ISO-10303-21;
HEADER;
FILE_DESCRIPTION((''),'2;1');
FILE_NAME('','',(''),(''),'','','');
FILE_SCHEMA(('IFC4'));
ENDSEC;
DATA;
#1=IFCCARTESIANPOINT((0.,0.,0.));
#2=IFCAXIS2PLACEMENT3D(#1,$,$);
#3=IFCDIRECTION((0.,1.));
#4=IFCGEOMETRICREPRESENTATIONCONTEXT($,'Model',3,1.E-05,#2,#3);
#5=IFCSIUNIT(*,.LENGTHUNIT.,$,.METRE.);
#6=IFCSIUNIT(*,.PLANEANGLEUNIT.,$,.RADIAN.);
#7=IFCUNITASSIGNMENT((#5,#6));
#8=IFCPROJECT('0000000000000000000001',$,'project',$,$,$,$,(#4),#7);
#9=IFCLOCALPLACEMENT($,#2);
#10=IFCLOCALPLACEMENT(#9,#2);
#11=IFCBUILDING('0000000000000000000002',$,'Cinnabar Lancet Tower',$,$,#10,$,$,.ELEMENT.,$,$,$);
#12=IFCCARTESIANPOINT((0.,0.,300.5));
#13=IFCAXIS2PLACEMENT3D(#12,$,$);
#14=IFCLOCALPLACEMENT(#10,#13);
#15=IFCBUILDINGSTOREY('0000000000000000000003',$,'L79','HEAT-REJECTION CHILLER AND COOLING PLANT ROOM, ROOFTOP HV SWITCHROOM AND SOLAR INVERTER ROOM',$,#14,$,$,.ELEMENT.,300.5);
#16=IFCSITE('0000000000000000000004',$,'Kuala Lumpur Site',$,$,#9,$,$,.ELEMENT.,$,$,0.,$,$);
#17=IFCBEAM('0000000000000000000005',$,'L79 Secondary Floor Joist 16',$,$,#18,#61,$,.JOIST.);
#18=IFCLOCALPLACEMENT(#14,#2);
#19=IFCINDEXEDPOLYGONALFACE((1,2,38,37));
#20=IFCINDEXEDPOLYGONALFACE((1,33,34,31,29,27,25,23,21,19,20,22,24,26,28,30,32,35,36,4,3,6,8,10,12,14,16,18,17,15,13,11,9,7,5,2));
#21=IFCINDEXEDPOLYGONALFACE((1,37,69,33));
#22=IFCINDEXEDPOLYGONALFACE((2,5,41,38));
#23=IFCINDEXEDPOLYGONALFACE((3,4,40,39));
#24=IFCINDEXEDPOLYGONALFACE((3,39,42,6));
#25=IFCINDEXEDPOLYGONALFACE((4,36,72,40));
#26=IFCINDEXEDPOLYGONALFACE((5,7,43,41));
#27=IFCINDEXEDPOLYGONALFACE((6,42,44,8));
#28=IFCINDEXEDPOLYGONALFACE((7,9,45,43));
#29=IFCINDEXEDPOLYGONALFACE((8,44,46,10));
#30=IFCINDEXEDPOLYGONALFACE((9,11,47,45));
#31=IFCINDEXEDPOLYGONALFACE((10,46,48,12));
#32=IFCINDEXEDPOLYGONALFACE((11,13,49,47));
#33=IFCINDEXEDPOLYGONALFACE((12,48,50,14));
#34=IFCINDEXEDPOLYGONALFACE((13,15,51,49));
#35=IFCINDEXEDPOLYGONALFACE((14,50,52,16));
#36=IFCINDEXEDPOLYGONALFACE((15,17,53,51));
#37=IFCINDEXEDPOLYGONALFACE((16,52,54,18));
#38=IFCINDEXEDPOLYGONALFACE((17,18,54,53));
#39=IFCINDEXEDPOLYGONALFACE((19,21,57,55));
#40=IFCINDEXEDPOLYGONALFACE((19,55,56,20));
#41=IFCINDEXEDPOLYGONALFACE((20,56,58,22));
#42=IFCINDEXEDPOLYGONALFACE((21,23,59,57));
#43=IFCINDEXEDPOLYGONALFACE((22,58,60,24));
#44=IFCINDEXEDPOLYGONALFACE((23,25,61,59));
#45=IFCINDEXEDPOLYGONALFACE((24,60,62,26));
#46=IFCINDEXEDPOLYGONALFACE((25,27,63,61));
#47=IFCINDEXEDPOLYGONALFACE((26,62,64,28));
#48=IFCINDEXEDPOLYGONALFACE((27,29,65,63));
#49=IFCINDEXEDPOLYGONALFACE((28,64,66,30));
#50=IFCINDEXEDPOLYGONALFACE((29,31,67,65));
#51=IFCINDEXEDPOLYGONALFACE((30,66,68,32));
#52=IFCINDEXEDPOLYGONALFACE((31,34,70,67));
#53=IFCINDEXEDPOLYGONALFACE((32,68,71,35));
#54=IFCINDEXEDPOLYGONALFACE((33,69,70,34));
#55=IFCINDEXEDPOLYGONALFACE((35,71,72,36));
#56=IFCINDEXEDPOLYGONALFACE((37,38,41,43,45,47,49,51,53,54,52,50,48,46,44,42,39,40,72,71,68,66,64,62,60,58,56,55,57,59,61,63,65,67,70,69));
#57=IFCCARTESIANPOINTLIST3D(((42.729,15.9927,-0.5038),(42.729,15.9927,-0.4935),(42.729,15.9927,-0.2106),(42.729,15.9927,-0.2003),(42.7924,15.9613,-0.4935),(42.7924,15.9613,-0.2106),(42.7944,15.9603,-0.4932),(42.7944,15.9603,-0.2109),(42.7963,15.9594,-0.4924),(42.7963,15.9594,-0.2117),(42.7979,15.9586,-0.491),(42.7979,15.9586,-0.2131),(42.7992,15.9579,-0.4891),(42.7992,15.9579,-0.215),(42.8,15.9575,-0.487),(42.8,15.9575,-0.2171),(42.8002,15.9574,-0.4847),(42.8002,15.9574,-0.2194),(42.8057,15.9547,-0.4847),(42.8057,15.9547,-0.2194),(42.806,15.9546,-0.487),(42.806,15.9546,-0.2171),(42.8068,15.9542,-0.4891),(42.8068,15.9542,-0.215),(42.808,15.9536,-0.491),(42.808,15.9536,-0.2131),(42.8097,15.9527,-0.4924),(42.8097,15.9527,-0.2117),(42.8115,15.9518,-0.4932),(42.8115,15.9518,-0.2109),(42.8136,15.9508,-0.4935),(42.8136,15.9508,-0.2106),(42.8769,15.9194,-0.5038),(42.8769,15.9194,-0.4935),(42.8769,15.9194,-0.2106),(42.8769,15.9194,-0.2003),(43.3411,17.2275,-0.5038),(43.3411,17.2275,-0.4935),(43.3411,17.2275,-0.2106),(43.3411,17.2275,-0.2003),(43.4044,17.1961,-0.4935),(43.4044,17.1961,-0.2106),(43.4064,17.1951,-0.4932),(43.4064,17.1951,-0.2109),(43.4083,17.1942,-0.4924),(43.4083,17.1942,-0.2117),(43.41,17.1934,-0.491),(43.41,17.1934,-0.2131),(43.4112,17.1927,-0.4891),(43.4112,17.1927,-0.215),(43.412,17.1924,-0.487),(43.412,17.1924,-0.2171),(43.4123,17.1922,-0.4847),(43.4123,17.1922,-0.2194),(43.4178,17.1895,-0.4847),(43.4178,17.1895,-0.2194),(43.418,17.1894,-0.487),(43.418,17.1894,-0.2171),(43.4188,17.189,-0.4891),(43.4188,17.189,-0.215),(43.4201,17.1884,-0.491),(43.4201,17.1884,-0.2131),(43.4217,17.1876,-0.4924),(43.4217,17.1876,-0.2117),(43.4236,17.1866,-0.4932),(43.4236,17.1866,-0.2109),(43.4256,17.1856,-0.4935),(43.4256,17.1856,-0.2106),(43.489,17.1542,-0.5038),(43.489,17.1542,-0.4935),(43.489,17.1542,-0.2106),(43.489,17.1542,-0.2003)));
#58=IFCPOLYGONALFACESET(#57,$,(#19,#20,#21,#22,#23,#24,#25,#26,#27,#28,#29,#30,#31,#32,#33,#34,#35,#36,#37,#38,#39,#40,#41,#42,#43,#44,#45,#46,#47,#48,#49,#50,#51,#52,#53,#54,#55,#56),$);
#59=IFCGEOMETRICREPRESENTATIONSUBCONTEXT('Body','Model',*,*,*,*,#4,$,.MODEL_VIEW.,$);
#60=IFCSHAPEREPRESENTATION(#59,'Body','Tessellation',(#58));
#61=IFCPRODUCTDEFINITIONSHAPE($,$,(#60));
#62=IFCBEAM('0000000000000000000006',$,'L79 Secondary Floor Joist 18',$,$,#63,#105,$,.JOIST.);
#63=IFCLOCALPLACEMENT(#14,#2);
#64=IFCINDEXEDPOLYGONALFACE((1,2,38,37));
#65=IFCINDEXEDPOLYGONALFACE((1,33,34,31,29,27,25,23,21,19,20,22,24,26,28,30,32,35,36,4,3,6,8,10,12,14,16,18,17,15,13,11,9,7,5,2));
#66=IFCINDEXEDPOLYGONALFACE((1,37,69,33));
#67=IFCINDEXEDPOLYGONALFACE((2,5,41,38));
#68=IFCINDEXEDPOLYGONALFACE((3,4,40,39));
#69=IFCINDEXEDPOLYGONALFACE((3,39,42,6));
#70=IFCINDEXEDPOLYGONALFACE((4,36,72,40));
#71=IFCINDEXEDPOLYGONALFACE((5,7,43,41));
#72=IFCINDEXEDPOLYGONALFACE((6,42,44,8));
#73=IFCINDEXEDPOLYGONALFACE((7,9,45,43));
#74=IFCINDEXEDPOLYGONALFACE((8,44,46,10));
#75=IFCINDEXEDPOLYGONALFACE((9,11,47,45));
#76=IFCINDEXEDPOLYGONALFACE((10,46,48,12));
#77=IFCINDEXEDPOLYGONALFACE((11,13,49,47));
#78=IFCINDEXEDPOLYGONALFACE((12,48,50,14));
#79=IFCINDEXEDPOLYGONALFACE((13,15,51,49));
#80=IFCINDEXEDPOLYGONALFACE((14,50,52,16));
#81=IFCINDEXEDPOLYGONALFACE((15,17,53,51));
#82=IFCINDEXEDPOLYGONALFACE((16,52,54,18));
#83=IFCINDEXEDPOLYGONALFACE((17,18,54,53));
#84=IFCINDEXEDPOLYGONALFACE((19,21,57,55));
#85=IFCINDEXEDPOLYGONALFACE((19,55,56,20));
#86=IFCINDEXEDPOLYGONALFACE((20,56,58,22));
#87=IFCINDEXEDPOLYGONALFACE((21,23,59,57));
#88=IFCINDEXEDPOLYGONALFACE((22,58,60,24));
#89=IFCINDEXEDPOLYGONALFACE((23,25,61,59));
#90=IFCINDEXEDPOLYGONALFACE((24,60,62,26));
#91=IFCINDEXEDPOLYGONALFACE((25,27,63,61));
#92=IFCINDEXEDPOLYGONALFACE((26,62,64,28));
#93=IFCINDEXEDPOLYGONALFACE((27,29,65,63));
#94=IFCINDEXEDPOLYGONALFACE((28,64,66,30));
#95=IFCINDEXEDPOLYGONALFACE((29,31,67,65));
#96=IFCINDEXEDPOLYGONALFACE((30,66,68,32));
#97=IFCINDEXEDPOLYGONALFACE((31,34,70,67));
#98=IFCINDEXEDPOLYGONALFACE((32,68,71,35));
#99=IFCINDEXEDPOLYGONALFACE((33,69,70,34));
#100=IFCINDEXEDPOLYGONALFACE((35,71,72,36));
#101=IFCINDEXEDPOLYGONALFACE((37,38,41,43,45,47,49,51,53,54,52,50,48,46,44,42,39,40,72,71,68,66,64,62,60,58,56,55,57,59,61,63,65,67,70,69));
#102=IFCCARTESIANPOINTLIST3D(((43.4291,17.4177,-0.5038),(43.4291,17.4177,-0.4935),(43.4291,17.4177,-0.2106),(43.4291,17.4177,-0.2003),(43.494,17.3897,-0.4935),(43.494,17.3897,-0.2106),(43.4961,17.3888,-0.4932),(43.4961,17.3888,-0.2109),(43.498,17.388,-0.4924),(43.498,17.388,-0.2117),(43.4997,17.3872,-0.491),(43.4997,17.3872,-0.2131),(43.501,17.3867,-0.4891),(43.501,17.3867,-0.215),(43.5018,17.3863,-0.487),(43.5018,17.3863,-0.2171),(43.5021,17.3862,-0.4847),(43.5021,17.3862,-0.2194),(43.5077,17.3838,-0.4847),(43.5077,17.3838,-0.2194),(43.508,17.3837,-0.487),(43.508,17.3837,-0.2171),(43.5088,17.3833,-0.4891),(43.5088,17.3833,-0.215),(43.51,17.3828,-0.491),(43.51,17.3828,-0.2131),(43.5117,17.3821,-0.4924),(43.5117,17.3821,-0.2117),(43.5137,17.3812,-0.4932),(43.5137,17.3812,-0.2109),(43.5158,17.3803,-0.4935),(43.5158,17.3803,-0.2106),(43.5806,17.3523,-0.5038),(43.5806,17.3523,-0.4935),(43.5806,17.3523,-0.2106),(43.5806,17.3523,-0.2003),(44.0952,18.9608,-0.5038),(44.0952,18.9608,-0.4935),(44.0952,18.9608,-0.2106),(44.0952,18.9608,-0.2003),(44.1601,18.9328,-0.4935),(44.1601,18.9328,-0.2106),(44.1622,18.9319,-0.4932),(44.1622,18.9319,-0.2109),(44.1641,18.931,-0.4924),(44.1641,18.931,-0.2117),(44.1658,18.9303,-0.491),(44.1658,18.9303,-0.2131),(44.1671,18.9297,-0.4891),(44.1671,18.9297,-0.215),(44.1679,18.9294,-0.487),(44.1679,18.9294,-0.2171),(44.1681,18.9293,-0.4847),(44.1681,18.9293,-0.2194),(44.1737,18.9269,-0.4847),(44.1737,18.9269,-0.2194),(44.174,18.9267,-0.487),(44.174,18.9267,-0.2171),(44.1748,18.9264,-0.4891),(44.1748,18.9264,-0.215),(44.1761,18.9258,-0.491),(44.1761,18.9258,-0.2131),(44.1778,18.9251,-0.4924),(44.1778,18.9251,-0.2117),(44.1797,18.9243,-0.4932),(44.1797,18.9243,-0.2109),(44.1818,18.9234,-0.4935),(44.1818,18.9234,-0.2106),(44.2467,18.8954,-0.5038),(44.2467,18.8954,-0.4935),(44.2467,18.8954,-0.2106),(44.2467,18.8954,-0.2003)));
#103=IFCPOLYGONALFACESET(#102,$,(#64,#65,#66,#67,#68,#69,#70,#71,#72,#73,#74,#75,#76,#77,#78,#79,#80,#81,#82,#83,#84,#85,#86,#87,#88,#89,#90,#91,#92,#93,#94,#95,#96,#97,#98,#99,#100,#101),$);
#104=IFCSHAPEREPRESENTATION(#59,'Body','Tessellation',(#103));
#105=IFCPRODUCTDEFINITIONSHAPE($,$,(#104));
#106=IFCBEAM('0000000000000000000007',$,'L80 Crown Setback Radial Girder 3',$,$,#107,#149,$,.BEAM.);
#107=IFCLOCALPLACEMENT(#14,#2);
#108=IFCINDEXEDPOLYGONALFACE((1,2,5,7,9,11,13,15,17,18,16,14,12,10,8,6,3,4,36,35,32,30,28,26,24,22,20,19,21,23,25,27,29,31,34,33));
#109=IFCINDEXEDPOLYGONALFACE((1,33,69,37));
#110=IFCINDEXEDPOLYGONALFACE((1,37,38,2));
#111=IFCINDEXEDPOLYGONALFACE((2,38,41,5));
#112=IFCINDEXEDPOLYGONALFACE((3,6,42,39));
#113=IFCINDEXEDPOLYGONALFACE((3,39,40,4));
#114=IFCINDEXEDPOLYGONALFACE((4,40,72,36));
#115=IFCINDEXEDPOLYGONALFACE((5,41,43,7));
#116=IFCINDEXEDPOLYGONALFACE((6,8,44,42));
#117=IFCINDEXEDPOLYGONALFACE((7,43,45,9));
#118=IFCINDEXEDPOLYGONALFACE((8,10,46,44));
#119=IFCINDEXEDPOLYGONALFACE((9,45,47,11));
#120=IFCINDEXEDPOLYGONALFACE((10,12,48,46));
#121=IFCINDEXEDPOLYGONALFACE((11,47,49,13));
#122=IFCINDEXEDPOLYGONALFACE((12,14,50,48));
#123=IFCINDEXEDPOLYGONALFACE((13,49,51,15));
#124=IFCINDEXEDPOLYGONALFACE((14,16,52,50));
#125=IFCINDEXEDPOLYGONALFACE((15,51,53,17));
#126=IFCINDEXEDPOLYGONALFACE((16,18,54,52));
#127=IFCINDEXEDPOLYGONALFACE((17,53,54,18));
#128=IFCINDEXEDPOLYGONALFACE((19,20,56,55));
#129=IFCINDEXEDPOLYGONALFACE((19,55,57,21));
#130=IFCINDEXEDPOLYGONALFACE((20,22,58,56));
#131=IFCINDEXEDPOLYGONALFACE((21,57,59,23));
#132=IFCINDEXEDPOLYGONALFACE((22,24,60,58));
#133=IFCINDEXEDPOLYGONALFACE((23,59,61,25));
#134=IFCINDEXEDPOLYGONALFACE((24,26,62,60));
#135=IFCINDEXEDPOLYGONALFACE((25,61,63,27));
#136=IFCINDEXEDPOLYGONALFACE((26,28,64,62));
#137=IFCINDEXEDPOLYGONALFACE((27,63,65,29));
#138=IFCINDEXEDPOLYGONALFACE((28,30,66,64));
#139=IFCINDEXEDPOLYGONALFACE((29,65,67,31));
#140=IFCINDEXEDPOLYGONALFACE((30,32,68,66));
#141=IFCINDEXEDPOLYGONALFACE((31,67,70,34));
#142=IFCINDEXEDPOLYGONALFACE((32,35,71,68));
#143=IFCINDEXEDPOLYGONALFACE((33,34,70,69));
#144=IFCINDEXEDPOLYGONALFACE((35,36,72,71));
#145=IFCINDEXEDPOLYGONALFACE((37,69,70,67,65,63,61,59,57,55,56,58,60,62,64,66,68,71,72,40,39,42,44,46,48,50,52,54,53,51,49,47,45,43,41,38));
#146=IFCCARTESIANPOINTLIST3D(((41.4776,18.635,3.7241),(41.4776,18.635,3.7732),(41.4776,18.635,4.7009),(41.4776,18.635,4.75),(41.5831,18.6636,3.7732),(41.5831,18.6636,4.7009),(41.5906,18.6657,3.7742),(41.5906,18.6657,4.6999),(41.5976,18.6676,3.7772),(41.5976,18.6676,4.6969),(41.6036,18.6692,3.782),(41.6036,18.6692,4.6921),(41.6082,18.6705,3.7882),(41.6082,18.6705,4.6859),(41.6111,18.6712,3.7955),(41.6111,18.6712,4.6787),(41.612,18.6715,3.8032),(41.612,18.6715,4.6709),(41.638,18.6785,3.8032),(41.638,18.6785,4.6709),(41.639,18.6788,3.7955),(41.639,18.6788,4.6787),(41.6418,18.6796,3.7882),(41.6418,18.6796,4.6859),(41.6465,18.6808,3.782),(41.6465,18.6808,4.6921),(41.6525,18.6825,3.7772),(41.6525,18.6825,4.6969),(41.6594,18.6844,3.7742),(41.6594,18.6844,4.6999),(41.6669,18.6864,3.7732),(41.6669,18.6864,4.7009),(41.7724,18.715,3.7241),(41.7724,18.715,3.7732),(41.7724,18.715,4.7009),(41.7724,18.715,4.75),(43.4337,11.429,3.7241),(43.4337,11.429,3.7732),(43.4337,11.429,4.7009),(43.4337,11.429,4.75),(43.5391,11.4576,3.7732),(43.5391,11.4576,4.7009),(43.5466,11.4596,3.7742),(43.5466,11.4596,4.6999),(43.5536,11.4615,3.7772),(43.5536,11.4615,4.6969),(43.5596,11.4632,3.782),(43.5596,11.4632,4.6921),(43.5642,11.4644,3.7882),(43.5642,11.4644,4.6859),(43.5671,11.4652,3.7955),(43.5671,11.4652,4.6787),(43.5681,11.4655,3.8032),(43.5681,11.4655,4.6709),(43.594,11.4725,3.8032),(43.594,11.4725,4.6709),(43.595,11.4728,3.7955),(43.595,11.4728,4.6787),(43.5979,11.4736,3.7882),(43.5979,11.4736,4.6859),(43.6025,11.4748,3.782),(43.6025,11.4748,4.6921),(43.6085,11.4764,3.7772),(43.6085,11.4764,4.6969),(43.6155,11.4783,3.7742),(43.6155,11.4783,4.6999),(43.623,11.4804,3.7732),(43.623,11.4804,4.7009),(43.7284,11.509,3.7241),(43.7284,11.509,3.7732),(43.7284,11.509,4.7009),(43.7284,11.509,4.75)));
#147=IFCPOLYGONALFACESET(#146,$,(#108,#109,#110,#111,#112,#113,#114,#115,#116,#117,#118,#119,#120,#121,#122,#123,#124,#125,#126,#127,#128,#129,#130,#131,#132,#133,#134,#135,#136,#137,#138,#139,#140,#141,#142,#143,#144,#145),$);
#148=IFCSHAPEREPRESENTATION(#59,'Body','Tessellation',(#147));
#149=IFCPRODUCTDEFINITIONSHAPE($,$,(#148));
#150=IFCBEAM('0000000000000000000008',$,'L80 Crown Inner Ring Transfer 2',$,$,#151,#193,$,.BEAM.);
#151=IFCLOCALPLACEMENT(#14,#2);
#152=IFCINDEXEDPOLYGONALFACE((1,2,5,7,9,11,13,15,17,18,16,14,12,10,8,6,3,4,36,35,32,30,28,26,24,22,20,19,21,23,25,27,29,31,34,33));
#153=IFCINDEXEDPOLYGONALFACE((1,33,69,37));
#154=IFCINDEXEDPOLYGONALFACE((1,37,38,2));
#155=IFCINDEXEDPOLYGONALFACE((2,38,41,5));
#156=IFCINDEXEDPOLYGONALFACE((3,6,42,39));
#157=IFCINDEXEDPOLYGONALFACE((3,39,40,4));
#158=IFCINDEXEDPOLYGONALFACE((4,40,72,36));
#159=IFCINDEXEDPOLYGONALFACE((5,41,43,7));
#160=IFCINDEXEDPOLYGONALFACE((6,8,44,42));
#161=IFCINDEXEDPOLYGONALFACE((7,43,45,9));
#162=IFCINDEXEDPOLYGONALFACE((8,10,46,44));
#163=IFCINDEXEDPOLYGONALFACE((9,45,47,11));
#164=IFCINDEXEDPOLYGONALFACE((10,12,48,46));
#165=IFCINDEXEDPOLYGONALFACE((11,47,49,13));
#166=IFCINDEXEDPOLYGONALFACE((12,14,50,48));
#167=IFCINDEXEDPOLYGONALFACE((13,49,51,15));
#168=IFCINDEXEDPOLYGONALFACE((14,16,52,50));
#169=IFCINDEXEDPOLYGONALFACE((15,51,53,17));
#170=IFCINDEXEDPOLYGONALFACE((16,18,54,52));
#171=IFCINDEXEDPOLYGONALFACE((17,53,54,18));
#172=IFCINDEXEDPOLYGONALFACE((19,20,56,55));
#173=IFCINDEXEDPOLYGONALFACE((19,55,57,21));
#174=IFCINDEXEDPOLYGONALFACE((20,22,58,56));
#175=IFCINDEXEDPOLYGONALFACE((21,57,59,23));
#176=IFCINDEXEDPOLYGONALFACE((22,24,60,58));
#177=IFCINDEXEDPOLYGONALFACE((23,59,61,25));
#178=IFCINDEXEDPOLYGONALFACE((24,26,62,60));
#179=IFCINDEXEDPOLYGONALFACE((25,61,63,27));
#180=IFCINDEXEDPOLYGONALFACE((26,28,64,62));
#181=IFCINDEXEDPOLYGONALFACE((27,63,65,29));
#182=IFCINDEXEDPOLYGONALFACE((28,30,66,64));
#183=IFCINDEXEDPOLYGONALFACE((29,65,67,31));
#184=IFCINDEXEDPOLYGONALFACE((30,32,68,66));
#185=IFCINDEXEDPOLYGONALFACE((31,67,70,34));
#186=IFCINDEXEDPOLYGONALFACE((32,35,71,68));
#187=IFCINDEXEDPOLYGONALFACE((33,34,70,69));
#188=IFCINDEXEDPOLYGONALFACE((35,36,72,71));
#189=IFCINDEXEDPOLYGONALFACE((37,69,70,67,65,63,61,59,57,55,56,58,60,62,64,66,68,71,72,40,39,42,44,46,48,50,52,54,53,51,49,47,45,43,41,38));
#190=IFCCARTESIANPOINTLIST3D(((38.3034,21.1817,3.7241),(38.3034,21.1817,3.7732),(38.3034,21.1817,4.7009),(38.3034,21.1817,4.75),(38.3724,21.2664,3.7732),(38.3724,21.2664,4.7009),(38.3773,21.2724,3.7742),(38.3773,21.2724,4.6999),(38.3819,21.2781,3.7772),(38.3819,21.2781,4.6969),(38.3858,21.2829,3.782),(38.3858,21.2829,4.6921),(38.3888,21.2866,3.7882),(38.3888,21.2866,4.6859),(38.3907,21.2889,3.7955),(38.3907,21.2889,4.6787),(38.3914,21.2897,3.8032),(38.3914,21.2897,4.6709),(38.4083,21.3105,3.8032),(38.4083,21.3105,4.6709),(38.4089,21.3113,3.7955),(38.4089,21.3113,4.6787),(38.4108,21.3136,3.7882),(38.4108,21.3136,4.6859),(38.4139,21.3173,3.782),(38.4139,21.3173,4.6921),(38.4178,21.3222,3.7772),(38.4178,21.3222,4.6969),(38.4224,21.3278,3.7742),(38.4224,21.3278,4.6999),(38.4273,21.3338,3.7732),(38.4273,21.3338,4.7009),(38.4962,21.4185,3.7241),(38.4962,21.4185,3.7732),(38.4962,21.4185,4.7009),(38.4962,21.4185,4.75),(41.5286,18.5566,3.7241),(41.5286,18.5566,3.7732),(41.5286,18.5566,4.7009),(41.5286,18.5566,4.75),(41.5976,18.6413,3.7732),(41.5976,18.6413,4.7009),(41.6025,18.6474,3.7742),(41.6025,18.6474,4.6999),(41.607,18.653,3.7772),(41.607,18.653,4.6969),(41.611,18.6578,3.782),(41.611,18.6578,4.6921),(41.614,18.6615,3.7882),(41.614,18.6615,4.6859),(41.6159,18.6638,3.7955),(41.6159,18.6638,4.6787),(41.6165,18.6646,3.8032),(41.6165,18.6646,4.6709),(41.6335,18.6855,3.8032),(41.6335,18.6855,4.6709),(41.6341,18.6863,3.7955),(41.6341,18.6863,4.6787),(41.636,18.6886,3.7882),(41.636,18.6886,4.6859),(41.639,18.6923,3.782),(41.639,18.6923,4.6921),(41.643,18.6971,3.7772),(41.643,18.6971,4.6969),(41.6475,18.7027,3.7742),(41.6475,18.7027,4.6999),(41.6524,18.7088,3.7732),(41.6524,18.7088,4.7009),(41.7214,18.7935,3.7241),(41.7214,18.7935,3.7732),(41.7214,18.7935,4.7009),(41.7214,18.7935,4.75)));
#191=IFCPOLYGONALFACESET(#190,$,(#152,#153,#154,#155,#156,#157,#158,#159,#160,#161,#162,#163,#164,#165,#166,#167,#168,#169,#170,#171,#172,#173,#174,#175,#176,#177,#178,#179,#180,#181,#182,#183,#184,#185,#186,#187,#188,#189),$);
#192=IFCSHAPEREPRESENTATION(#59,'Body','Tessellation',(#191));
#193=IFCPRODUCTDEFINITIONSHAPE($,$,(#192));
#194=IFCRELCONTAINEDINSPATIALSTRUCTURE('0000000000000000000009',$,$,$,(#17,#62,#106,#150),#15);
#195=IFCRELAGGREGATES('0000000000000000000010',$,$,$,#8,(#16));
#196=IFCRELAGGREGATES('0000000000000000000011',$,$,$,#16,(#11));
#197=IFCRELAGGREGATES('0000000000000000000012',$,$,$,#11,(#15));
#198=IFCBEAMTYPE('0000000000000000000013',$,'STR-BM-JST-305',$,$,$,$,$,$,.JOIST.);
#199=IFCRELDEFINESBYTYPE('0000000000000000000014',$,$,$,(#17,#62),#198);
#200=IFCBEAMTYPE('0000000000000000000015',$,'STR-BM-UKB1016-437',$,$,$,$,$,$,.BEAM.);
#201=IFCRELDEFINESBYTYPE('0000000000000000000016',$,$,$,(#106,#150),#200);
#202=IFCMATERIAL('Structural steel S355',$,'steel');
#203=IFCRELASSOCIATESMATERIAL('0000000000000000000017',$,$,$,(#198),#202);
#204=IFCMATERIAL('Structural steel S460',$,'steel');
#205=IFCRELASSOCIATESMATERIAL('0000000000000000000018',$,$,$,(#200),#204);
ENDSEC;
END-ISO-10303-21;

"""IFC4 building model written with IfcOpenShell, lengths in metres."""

from ifc_helpers import new_model, si_unit, direction, frame, origin, origin_2d, place, context, subcontext, project, spatial, i_section, extrude, material, material_profile, profile_set, type_object, element, save


model = new_model("IFC4")

# Units and contexts
model_context = context("Model", 3, precision=1e-05, world=origin(), true_north=direction((0.0, 1.0)))
body_context = subcontext(model_context, "Body", "Model", "MODEL_VIEW")
ifc_project = project(units=[si_unit("LENGTHUNIT", "METRE"), si_unit("PLANEANGLEUNIT", "RADIAN")], contexts=[model_context])

# Site, building, storey
site_placement = place(None, origin())
site = spatial("IfcSite", under=ifc_project, at=site_placement, Name="Kuala Lumpur Site", CompositionType="ELEMENT", RefElevation=0.0)
building_placement = place(site_placement, origin())
building = spatial("IfcBuilding", under=site, at=building_placement, Name="Cinnabar Lancet Tower", CompositionType="ELEMENT")
storey_placement = place(building_placement, frame((0.0, 0.0, 300.5)))
storey = spatial("IfcBuildingStorey", under=building, at=storey_placement, Name="L79", Description="HEAT-REJECTION CHILLER AND COOLING PLANT ROOM, ROOFTOP HV SWITCHROOM AND SOLAR INVERTER ROOM", CompositionType="ELEMENT", Elevation=300.5)

# Beams
ifc_material_1 = material(Name="Structural steel S355", Category="steel")
ifc_material_profile_1 = material_profile(ifc_material_1, i_section(OverallWidth=0.165, OverallDepth=0.3035, WebThickness=0.0061, FlangeThickness=0.0103, FilletRadius=0.0088, at=origin_2d()), Name="UKB 305x165x40")
ifc_profile_set_1 = profile_set([ifc_material_profile_1], Name="Structural steel S355")
beam_type_1 = type_object("IfcBeamType", Name="STR-BM-JST-305", PredefinedType="JOIST", material=ifc_profile_set_1)
beam_1_placement = place(storey_placement, frame((42.803, 15.9561, -0.3521), z_axis=(0.444093, 0.895981, 0.0), x_axis=(-0.895981, 0.444093, 0.0)))
element("IfcBeam", 1, at=beam_1_placement, inside=storey, type_object=beam_type_1, Name="L79 Secondary Floor Joist 16", PredefinedType="JOIST", context=body_context, shape_type="SweptSolid", body=[
    extrude(i_section(OverallWidth=0.165, OverallDepth=0.3035, WebThickness=0.0061, FlangeThickness=0.0103, FilletRadius=0.0088, at=origin_2d()), origin(), (0.0, 0.0, 1.0), 1.3782),
])
beam_2_placement = place(storey_placement, frame((43.5049, 17.385, -0.3521), z_axis=(0.396302, 0.91812, 0.0), x_axis=(-0.91812, 0.396302, 0.0)))
element("IfcBeam", 2, at=beam_2_placement, inside=storey, type_object=beam_type_1, Name="L79 Secondary Floor Joist 18", PredefinedType="JOIST", context=body_context, shape_type="SweptSolid", body=[
    extrude(i_section(OverallWidth=0.165, OverallDepth=0.3035, WebThickness=0.0061, FlangeThickness=0.0103, FilletRadius=0.0088, at=origin_2d()), origin(), (0.0, 0.0, 1.0), 1.6807),
])
ifc_material_2 = material(Name="Structural steel S460", Category="steel")
ifc_material_profile_2 = material_profile(ifc_material_2, i_section(OverallWidth=0.3054, OverallDepth=1.0259, WebThickness=0.0269, FlangeThickness=0.0491, FilletRadius=0.03, at=origin_2d()), Name="UKB 1016x305x437")
ifc_profile_set_2 = profile_set([ifc_material_profile_2], Name="Structural steel S460")
beam_type_2 = type_object("IfcBeamType", Name="STR-BM-UKB1016-437", PredefinedType="BEAM", material=ifc_profile_set_2)
beam_3_placement = place(storey_placement, frame((43.5811, 11.469, 4.2371), z_axis=(-0.261966, 0.965077, 0.0), x_axis=(-0.965077, -0.261966, 0.0)))
element("IfcBeam", 3, at=beam_3_placement, inside=storey, type_object=beam_type_2, Name="L80 Crown Setback Radial Girder 3", PredefinedType="BEAM", context=body_context, shape_type="SweptSolid", body=[
    extrude(i_section(OverallWidth=0.3054, OverallDepth=1.0259, WebThickness=0.0269, FlangeThickness=0.0491, FilletRadius=0.03, at=origin_2d()), origin(), (0.0, 0.0, 1.0), 7.4668),
])
beam_4_placement = place(storey_placement, frame((41.625, 18.675, 4.2371), z_axis=(-0.775571, 0.63126, 0.0), x_axis=(-0.63126, -0.775571, 0.0)))
element("IfcBeam", 4, at=beam_4_placement, inside=storey, type_object=beam_type_2, Name="L80 Crown Inner Ring Transfer 2", PredefinedType="BEAM", context=body_context, shape_type="SweptSolid", body=[
    extrude(i_section(OverallWidth=0.3054, OverallDepth=1.0259, WebThickness=0.0269, FlangeThickness=0.0491, FilletRadius=0.03, at=origin_2d()), origin(), (0.0, 0.0, 1.0), 4.1584),
])

save(model, "model.ifc")
